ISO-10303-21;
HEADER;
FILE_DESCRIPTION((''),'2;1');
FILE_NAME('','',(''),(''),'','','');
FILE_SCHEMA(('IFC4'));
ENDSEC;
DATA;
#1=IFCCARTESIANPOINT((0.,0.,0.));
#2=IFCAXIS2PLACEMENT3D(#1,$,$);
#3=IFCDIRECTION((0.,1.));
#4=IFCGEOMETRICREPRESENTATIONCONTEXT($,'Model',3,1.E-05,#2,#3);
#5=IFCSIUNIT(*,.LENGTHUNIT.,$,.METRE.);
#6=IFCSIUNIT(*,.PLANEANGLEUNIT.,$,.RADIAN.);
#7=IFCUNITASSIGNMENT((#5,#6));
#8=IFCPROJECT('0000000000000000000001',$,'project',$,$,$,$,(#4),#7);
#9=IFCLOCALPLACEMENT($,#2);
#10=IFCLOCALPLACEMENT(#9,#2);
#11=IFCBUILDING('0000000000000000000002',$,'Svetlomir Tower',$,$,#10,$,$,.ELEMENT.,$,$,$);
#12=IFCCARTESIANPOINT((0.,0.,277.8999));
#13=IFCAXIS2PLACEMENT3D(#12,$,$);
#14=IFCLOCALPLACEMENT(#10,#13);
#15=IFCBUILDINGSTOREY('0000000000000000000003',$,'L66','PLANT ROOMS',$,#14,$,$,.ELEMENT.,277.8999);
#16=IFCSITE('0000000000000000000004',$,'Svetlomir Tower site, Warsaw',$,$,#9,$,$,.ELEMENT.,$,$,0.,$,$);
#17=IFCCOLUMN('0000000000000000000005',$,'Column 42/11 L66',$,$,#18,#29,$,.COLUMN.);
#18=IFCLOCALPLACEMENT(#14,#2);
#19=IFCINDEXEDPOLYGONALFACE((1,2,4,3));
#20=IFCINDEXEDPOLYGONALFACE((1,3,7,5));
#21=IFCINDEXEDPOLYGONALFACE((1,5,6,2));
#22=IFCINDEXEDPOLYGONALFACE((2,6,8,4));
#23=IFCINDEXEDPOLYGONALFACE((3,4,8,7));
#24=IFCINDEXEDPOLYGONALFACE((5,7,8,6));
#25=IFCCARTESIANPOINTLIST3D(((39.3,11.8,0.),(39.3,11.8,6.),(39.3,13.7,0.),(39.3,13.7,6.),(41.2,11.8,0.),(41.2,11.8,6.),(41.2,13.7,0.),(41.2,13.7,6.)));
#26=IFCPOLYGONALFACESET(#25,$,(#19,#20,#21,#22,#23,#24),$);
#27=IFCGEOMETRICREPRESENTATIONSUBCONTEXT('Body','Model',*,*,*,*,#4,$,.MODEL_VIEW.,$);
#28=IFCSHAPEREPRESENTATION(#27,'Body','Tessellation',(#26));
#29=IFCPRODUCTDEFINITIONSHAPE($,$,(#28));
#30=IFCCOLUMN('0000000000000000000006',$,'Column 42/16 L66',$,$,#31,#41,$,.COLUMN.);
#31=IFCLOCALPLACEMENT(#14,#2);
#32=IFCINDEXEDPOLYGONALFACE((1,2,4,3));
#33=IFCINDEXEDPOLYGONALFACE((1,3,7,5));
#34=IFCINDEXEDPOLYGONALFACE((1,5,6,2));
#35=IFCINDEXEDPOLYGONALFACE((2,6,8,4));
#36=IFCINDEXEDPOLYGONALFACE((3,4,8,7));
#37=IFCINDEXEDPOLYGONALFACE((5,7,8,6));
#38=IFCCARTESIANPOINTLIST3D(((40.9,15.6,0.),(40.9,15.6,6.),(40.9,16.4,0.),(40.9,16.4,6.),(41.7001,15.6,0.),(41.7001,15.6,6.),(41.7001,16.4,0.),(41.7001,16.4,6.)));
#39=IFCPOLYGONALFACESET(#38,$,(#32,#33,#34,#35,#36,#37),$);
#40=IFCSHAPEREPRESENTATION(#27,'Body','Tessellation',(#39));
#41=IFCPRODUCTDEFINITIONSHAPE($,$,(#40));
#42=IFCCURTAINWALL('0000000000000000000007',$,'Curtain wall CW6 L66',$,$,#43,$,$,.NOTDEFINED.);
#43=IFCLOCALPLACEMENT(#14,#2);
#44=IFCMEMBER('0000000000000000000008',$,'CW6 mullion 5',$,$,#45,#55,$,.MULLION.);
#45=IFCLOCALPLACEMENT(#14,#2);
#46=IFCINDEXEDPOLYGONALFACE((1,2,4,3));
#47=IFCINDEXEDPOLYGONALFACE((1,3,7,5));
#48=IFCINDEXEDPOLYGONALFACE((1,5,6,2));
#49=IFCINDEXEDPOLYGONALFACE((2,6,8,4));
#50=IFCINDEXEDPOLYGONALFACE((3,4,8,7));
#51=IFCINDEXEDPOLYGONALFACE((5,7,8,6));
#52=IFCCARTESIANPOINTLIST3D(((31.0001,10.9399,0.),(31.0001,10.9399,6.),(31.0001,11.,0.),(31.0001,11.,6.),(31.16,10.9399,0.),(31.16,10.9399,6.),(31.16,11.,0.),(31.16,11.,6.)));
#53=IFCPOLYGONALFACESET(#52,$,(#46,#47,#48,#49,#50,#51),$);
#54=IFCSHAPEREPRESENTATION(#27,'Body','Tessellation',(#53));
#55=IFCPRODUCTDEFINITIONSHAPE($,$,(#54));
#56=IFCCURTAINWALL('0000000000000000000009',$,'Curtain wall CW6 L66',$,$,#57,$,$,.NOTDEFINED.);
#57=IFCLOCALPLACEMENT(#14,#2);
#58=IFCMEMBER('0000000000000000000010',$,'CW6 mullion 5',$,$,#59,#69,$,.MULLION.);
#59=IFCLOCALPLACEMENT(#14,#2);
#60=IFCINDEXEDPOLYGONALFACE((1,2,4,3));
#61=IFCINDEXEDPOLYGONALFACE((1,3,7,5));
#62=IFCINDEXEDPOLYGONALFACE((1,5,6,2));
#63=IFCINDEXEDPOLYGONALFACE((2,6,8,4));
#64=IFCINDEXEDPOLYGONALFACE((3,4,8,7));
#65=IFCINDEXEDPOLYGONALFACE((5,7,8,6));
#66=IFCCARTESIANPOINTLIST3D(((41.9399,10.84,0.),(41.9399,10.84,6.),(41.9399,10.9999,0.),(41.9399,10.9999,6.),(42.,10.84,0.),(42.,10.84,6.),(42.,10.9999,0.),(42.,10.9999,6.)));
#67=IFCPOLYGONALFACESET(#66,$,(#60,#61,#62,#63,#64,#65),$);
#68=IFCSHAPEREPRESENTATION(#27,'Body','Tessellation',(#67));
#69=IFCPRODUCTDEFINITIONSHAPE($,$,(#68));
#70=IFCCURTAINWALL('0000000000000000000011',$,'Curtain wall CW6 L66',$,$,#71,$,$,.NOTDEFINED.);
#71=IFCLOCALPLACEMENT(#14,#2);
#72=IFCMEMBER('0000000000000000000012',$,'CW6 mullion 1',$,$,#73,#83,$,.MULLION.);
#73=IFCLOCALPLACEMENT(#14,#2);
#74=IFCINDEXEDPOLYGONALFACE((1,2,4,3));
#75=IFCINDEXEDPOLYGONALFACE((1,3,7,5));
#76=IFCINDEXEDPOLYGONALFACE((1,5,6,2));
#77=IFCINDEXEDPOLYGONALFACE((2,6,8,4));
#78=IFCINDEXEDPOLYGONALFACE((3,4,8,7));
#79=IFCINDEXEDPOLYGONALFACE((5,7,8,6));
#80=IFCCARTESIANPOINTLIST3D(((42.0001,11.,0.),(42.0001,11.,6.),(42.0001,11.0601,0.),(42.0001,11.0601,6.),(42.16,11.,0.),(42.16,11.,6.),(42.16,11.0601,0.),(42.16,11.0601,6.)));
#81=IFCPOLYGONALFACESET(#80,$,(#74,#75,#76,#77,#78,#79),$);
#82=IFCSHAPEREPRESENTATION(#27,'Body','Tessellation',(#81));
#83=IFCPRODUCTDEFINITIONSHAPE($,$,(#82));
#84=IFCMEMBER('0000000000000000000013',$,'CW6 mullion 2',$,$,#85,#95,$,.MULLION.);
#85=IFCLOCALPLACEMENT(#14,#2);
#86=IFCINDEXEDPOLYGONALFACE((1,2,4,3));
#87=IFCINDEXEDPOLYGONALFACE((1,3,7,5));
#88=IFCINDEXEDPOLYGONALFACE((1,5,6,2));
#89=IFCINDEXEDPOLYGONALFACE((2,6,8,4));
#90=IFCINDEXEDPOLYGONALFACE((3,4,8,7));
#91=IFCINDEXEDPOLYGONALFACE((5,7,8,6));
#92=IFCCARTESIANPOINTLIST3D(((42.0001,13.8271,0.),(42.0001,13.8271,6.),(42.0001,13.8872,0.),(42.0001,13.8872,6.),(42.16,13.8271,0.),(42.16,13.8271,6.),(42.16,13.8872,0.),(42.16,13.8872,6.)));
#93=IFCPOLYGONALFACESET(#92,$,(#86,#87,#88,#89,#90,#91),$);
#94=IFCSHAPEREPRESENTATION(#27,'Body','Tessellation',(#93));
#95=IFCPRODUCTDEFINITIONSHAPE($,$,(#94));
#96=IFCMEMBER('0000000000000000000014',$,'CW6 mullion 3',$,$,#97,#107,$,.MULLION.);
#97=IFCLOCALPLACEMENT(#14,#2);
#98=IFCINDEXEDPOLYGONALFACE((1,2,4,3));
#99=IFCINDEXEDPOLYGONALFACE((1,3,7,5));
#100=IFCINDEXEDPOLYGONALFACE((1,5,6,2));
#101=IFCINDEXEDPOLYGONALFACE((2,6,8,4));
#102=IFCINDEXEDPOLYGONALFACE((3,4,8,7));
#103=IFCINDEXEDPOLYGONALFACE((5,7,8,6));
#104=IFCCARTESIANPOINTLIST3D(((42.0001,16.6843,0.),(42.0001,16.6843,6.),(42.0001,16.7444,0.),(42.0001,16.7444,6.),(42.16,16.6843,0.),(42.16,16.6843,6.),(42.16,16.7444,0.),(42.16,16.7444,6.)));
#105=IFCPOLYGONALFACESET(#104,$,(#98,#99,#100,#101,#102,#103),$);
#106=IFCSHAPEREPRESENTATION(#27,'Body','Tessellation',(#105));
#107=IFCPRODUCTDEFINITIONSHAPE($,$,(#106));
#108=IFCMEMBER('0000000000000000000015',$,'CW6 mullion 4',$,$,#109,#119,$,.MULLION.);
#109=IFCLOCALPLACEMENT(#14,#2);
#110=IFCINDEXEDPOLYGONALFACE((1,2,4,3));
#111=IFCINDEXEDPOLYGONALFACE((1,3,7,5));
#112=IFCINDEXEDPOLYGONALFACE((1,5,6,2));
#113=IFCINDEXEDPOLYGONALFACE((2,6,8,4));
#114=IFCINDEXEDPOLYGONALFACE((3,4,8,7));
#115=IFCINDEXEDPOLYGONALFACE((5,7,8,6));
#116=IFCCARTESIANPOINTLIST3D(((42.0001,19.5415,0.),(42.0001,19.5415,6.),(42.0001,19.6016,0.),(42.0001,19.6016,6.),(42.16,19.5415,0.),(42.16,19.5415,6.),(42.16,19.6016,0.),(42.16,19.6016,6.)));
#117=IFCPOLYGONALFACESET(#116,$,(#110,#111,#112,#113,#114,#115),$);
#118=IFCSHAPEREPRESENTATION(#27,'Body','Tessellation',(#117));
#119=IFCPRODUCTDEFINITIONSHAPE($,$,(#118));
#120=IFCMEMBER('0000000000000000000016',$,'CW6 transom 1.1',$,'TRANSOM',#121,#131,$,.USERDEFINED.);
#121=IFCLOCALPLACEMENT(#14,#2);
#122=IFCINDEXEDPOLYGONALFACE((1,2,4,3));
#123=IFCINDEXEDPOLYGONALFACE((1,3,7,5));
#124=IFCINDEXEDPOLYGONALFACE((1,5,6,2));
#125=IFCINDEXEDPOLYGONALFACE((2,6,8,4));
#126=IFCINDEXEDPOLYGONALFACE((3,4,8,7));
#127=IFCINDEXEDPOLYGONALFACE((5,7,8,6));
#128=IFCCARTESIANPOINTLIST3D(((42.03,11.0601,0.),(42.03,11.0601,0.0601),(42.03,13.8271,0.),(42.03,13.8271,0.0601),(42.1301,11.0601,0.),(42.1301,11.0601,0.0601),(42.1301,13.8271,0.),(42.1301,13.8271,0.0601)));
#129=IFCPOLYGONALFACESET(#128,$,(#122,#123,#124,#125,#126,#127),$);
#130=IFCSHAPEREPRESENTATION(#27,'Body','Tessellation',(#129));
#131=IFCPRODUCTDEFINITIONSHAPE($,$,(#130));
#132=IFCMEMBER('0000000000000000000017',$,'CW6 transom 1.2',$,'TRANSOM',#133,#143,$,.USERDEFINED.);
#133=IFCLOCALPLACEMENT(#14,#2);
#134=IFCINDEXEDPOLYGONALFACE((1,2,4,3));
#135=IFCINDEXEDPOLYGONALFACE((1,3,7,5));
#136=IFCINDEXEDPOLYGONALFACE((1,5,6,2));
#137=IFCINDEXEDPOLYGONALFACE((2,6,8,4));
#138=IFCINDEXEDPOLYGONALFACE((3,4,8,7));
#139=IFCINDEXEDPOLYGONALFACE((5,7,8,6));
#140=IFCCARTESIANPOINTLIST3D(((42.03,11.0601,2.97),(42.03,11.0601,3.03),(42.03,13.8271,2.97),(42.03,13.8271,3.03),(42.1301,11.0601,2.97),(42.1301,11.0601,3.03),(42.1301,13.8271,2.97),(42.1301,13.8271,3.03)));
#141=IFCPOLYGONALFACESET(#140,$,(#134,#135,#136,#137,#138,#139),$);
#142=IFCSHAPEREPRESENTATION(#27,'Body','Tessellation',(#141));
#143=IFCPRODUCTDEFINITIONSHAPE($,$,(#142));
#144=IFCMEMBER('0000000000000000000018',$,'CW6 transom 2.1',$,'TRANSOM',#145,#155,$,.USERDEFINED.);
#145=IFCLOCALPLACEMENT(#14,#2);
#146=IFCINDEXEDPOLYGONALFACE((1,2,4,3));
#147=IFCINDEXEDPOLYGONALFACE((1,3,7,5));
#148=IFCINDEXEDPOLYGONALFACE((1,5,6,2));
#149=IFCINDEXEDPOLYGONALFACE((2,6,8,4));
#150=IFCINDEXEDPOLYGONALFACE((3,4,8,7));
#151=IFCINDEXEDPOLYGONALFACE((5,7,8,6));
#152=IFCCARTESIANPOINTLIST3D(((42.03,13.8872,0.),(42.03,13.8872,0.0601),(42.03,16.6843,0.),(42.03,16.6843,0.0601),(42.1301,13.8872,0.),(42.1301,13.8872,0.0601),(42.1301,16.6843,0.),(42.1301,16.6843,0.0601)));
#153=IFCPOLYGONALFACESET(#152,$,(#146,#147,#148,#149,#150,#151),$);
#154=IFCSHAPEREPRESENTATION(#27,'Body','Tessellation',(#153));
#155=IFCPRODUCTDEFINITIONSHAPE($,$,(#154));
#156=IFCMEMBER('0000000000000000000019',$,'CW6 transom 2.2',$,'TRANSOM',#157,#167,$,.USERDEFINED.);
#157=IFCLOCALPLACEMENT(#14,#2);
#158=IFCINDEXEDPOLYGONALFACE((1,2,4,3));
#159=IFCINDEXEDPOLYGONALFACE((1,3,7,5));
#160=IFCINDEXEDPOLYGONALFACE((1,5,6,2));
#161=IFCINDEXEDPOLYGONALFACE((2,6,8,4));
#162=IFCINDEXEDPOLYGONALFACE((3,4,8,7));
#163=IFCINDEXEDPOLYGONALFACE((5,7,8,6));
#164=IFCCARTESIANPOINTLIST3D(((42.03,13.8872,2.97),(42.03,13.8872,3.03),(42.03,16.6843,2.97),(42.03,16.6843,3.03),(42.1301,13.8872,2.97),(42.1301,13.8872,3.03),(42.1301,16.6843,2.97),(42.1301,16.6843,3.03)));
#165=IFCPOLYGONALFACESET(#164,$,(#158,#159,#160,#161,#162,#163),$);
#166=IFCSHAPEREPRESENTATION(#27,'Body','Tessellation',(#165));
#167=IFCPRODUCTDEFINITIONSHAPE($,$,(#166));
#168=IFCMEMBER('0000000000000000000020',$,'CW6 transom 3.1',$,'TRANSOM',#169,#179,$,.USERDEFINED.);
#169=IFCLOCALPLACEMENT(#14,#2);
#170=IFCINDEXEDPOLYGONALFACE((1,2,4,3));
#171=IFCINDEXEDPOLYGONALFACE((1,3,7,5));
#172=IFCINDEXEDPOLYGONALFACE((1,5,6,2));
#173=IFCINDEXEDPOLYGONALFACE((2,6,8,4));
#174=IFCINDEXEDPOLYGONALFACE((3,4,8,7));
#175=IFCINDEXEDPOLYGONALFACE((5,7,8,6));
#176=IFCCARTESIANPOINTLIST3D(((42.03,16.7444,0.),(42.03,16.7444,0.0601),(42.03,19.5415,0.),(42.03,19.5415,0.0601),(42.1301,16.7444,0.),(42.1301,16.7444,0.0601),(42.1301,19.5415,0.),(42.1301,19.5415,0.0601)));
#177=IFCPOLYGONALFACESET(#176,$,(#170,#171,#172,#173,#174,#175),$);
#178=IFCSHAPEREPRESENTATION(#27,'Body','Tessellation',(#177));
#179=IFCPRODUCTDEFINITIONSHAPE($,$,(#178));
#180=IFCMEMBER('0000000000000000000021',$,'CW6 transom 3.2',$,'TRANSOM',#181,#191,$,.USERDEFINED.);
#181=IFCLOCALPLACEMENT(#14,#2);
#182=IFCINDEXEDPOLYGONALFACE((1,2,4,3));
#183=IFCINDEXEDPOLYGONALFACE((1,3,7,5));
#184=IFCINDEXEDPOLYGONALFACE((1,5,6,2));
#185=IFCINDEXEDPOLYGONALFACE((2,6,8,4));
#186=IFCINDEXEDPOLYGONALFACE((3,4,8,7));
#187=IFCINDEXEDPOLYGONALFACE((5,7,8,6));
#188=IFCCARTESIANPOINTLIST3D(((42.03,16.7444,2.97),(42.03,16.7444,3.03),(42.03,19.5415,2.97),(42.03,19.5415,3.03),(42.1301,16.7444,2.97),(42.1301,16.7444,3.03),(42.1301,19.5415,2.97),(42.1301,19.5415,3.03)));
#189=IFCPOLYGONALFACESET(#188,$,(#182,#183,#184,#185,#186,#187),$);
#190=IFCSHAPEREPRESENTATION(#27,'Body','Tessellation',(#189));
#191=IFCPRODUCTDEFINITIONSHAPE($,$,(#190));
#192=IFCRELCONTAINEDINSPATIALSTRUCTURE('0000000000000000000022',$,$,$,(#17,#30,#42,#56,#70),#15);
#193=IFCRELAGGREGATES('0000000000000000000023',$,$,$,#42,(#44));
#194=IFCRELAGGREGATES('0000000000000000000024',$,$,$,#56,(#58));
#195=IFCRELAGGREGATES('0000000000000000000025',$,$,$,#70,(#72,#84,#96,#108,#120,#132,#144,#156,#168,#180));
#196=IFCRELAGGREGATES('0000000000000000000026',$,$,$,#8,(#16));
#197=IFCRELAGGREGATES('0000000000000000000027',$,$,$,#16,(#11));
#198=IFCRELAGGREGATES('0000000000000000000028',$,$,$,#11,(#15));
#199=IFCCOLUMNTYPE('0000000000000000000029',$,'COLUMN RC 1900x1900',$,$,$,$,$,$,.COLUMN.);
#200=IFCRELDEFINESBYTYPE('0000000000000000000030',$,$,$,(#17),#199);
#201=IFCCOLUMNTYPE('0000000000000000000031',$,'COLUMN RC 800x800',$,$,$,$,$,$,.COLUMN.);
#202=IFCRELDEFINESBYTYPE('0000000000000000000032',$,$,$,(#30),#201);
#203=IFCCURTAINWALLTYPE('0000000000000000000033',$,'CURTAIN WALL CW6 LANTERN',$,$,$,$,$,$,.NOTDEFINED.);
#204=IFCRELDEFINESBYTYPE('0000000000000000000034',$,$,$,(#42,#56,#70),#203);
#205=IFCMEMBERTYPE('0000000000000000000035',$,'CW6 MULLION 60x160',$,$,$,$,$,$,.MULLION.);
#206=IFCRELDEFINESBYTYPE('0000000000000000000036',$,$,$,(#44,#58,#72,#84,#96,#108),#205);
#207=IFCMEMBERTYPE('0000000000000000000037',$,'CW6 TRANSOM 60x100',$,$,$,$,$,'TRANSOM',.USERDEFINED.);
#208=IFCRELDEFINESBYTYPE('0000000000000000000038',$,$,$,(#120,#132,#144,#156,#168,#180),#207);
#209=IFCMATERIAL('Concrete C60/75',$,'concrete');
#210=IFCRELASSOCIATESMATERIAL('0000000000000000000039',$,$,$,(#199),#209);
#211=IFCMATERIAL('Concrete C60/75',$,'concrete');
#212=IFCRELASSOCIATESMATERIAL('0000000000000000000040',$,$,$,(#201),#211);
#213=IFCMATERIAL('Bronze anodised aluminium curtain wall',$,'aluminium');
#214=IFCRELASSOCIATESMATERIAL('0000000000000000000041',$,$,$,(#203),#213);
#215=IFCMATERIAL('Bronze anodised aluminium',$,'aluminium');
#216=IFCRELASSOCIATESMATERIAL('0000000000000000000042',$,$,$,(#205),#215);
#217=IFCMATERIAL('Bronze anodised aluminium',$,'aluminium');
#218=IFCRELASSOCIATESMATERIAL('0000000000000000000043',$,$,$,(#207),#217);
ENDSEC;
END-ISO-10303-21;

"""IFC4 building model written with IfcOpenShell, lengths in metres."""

from ifc_helpers import new_model, si_unit, direction, frame, origin, origin_2d, place, context, subcontext, project, spatial, rectangle, extrude, material, material_profile, profile_set, type_object, element, aggregate, save


model = new_model("IFC4")

# Units and contexts
model_context = context("Model", 3, precision=1e-05, world=origin(), true_north=direction((0.0, 1.0)))
body_context = subcontext(model_context, "Body", "Model", "MODEL_VIEW")
ifc_project = project(units=[si_unit("LENGTHUNIT", "METRE"), si_unit("PLANEANGLEUNIT", "RADIAN")], contexts=[model_context])

# Site, building, storey
site_placement = place(None, origin())
site = spatial("IfcSite", under=ifc_project, at=site_placement, Name="Svetlomir Tower site, Warsaw", CompositionType="ELEMENT", RefElevation=0.0)
building_placement = place(site_placement, origin())
building = spatial("IfcBuilding", under=site, at=building_placement, Name="Svetlomir Tower", CompositionType="ELEMENT")
storey_placement = place(building_placement, frame((0.0, 0.0, 277.8999)))
storey = spatial("IfcBuildingStorey", under=building, at=storey_placement, Name="L66", Description="PLANT ROOMS", CompositionType="ELEMENT", Elevation=277.8999)

# Columns
ifc_material_1 = material(Name="Concrete C60/75", Category="concrete")
ifc_material_profile_1 = material_profile(ifc_material_1, rectangle(XDim=1.8999, YDim=1.8999, at=origin_2d()), Name="RC 1900x1900")
ifc_profile_set_1 = profile_set([ifc_material_profile_1], Name="Concrete C60/75")
column_type_1 = type_object("IfcColumnType", Name="COLUMN RC 1900x1900", PredefinedType="COLUMN", material=ifc_profile_set_1)
column_1_placement = place(storey_placement, frame((40.25, 12.75, 0.0), z_axis=(0.0, 0.0, 1.0), x_axis=(1.0, 0.0, 0.0)))
element("IfcColumn", 1, at=column_1_placement, inside=storey, type_object=column_type_1, Name="Column 42/11 L66", PredefinedType="COLUMN", context=body_context, shape_type="SweptSolid", body=[
    extrude(rectangle(XDim=1.8999, YDim=1.8999, at=origin_2d()), origin(), (0.0, 0.0, 1.0), 6.0),
])
ifc_material_2 = material(Name="Concrete C60/75", Category="concrete")
ifc_material_profile_2 = material_profile(ifc_material_2, rectangle(XDim=0.8, YDim=0.8, at=origin_2d()), Name="RC 800x800")
ifc_profile_set_2 = profile_set([ifc_material_profile_2], Name="Concrete C60/75")
column_type_2 = type_object("IfcColumnType", Name="COLUMN RC 800x800", PredefinedType="COLUMN", material=ifc_profile_set_2)
column_2_placement = place(storey_placement, frame((41.3, 16.0, 0.0), z_axis=(0.0, 0.0, 1.0), x_axis=(1.0, 0.0, 0.0)))
element("IfcColumn", 2, at=column_2_placement, inside=storey, type_object=column_type_2, Name="Column 42/16 L66", PredefinedType="COLUMN", context=body_context, shape_type="SweptSolid", body=[
    extrude(rectangle(XDim=0.8, YDim=0.8, at=origin_2d()), origin(), (0.0, 0.0, 1.0), 6.0),
])

# Curtain walls, members
ifc_material_3 = material(Name="Bronze anodised aluminium curtain wall", Category="aluminium")
curtain_wall_type = type_object("IfcCurtainWallType", Name="CURTAIN WALL CW6 LANTERN", PredefinedType="NOTDEFINED", material=ifc_material_3)
curtain_wall_1_placement = place(storey_placement, origin())
curtain_wall_1 = element("IfcCurtainWall", 3, at=curtain_wall_1_placement, inside=storey, type_object=curtain_wall_type, Name="Curtain wall CW6 L66", PredefinedType="NOTDEFINED")
ifc_material_4 = material(Name="Bronze anodised aluminium", Category="aluminium")
ifc_material_profile_3 = material_profile(ifc_material_4, rectangle(XDim=0.0601, YDim=0.1599, at=origin_2d()), Name="AL 60x160")
ifc_profile_set_3 = profile_set([ifc_material_profile_3], Name="Bronze anodised aluminium 6063-T6")
member_type_1 = type_object("IfcMemberType", Name="CW6 MULLION 60x160", PredefinedType="MULLION", material=ifc_profile_set_3)
member_1_placement = place(storey_placement, frame((31.0801, 10.97, 0.0), z_axis=(0.0, 0.0, 1.0), x_axis=(0.0, 1.0, 0.0)))
member_1 = element("IfcMember", 4, at=member_1_placement, type_object=member_type_1, Name="CW6 mullion 5", PredefinedType="MULLION", context=body_context, shape_type="SweptSolid", body=[
    extrude(rectangle(XDim=0.0601, YDim=0.1599, at=origin_2d()), origin(), (0.0, 0.0, 1.0), 6.0),
])
aggregate(curtain_wall_1, [member_1])
curtain_wall_2_placement = place(storey_placement, origin())
curtain_wall_2 = element("IfcCurtainWall", 5, at=curtain_wall_2_placement, inside=storey, type_object=curtain_wall_type, Name="Curtain wall CW6 L66", PredefinedType="NOTDEFINED")
member_2_placement = place(storey_placement, frame((41.97, 10.9199, 0.0), z_axis=(0.0, 0.0, 1.0), x_axis=(1.0, 0.0, 0.0)))
member_2 = element("IfcMember", 6, at=member_2_placement, type_object=member_type_1, Name="CW6 mullion 5", PredefinedType="MULLION", context=body_context, shape_type="SweptSolid", body=[
    extrude(rectangle(XDim=0.0601, YDim=0.1599, at=origin_2d()), origin(), (0.0, 0.0, 1.0), 6.0),
])

# Curtain wall, members
curtain_wall_3_placement = place(storey_placement, origin())
curtain_wall_3 = element("IfcCurtainWall", 7, at=curtain_wall_3_placement, inside=storey, type_object=curtain_wall_type, Name="Curtain wall CW6 L66", PredefinedType="NOTDEFINED")
member_3_placement = place(storey_placement, frame((42.0801, 11.03, 0.0), z_axis=(0.0, 0.0, 1.0), x_axis=(0.0, 1.0, 0.0)))
member_3 = element("IfcMember", 8, at=member_3_placement, type_object=member_type_1, Name="CW6 mullion 1", PredefinedType="MULLION", context=body_context, shape_type="SweptSolid", body=[
    extrude(rectangle(XDim=0.0601, YDim=0.1599, at=origin_2d()), origin(), (0.0, 0.0, 1.0), 6.0),
])
member_4_placement = place(storey_placement, frame((42.0801, 13.8572, 0.0), z_axis=(0.0, 0.0, 1.0), x_axis=(0.0, 1.0, 0.0)))
member_4 = element("IfcMember", 9, at=member_4_placement, type_object=member_type_1, Name="CW6 mullion 2", PredefinedType="MULLION", context=body_context, shape_type="SweptSolid", body=[
    extrude(rectangle(XDim=0.0601, YDim=0.1599, at=origin_2d()), origin(), (0.0, 0.0, 1.0), 6.0),
])
member_5_placement = place(storey_placement, frame((42.0801, 16.7144, 0.0), z_axis=(0.0, 0.0, 1.0), x_axis=(0.0, 1.0, 0.0)))
member_5 = element("IfcMember", 10, at=member_5_placement, type_object=member_type_1, Name="CW6 mullion 3", PredefinedType="MULLION", context=body_context, shape_type="SweptSolid", body=[
    extrude(rectangle(XDim=0.0601, YDim=0.1599, at=origin_2d()), origin(), (0.0, 0.0, 1.0), 6.0),
])
member_6_placement = place(storey_placement, frame((42.0801, 19.5715, 0.0), z_axis=(0.0, 0.0, 1.0), x_axis=(0.0, 1.0, 0.0)))
member_6 = element("IfcMember", 11, at=member_6_placement, type_object=member_type_1, Name="CW6 mullion 4", PredefinedType="MULLION", context=body_context, shape_type="SweptSolid", body=[
    extrude(rectangle(XDim=0.0601, YDim=0.1599, at=origin_2d()), origin(), (0.0, 0.0, 1.0), 6.0),
])
ifc_material_5 = material(Name="Bronze anodised aluminium", Category="aluminium")
ifc_material_profile_4 = material_profile(ifc_material_5, rectangle(XDim=0.1001, YDim=0.0601, at=origin_2d()), Name="AL 100x60")
ifc_profile_set_4 = profile_set([ifc_material_profile_4], Name="Bronze anodised aluminium 6063-T6")
member_type_2 = type_object("IfcMemberType", Name="CW6 TRANSOM 60x100", ElementType="TRANSOM", PredefinedType="USERDEFINED", material=ifc_profile_set_4)
member_7_placement = place(storey_placement, frame((42.0801, 11.0601, 0.03), z_axis=(0.0, 1.0, 0.0), x_axis=(-1.0, 0.0, 0.0)))
member_7 = element("IfcMember", 12, at=member_7_placement, type_object=member_type_2, Name="CW6 transom 1.1", ObjectType="TRANSOM", PredefinedType="USERDEFINED", context=body_context, shape_type="SweptSolid", body=[
    extrude(rectangle(XDim=0.1001, YDim=0.0601, at=origin_2d()), origin(), (0.0, 0.0, 1.0), 2.7671),
])
member_8_placement = place(storey_placement, frame((42.0801, 11.0601, 3.0), z_axis=(0.0, 1.0, 0.0), x_axis=(-1.0, 0.0, 0.0)))
member_8 = element("IfcMember", 13, at=member_8_placement, type_object=member_type_2, Name="CW6 transom 1.2", ObjectType="TRANSOM", PredefinedType="USERDEFINED", context=body_context, shape_type="SweptSolid", body=[
    extrude(rectangle(XDim=0.1001, YDim=0.0601, at=origin_2d()), origin(), (0.0, 0.0, 1.0), 2.7671),
])
member_9_placement = place(storey_placement, frame((42.0801, 13.8872, 0.03), z_axis=(0.0, 1.0, 0.0), x_axis=(-1.0, 0.0, 0.0)))
member_9 = element("IfcMember", 14, at=member_9_placement, type_object=member_type_2, Name="CW6 transom 2.1", ObjectType="TRANSOM", PredefinedType="USERDEFINED", context=body_context, shape_type="SweptSolid", body=[
    extrude(rectangle(XDim=0.1001, YDim=0.0601, at=origin_2d()), origin(), (0.0, 0.0, 1.0), 2.7971),
])
member_10_placement = place(storey_placement, frame((42.0801, 13.8872, 3.0), z_axis=(0.0, 1.0, 0.0), x_axis=(-1.0, 0.0, 0.0)))
member_10 = element("IfcMember", 15, at=member_10_placement, type_object=member_type_2, Name="CW6 transom 2.2", ObjectType="TRANSOM", PredefinedType="USERDEFINED", context=body_context, shape_type="SweptSolid", body=[
    extrude(rectangle(XDim=0.1001, YDim=0.0601, at=origin_2d()), origin(), (0.0, 0.0, 1.0), 2.7971),
])
member_11_placement = place(storey_placement, frame((42.0801, 16.7444, 0.03), z_axis=(0.0, 1.0, 0.0), x_axis=(-1.0, 0.0, 0.0)))
member_11 = element("IfcMember", 16, at=member_11_placement, type_object=member_type_2, Name="CW6 transom 3.1", ObjectType="TRANSOM", PredefinedType="USERDEFINED", context=body_context, shape_type="SweptSolid", body=[
    extrude(rectangle(XDim=0.1001, YDim=0.0601, at=origin_2d()), origin(), (0.0, 0.0, 1.0), 2.7971),
])
member_12_placement = place(storey_placement, frame((42.0801, 16.7444, 3.0), z_axis=(0.0, 1.0, 0.0), x_axis=(-1.0, 0.0, 0.0)))
member_12 = element("IfcMember", 17, at=member_12_placement, type_object=member_type_2, Name="CW6 transom 3.2", ObjectType="TRANSOM", PredefinedType="USERDEFINED", context=body_context, shape_type="SweptSolid", body=[
    extrude(rectangle(XDim=0.1001, YDim=0.0601, at=origin_2d()), origin(), (0.0, 0.0, 1.0), 2.7971),
])

aggregate(curtain_wall_2, [member_2])
aggregate(curtain_wall_3, [member_3, member_4, member_5, member_6, member_7, member_8, member_9, member_10, member_11, member_12])

save(model, "model.ifc")
